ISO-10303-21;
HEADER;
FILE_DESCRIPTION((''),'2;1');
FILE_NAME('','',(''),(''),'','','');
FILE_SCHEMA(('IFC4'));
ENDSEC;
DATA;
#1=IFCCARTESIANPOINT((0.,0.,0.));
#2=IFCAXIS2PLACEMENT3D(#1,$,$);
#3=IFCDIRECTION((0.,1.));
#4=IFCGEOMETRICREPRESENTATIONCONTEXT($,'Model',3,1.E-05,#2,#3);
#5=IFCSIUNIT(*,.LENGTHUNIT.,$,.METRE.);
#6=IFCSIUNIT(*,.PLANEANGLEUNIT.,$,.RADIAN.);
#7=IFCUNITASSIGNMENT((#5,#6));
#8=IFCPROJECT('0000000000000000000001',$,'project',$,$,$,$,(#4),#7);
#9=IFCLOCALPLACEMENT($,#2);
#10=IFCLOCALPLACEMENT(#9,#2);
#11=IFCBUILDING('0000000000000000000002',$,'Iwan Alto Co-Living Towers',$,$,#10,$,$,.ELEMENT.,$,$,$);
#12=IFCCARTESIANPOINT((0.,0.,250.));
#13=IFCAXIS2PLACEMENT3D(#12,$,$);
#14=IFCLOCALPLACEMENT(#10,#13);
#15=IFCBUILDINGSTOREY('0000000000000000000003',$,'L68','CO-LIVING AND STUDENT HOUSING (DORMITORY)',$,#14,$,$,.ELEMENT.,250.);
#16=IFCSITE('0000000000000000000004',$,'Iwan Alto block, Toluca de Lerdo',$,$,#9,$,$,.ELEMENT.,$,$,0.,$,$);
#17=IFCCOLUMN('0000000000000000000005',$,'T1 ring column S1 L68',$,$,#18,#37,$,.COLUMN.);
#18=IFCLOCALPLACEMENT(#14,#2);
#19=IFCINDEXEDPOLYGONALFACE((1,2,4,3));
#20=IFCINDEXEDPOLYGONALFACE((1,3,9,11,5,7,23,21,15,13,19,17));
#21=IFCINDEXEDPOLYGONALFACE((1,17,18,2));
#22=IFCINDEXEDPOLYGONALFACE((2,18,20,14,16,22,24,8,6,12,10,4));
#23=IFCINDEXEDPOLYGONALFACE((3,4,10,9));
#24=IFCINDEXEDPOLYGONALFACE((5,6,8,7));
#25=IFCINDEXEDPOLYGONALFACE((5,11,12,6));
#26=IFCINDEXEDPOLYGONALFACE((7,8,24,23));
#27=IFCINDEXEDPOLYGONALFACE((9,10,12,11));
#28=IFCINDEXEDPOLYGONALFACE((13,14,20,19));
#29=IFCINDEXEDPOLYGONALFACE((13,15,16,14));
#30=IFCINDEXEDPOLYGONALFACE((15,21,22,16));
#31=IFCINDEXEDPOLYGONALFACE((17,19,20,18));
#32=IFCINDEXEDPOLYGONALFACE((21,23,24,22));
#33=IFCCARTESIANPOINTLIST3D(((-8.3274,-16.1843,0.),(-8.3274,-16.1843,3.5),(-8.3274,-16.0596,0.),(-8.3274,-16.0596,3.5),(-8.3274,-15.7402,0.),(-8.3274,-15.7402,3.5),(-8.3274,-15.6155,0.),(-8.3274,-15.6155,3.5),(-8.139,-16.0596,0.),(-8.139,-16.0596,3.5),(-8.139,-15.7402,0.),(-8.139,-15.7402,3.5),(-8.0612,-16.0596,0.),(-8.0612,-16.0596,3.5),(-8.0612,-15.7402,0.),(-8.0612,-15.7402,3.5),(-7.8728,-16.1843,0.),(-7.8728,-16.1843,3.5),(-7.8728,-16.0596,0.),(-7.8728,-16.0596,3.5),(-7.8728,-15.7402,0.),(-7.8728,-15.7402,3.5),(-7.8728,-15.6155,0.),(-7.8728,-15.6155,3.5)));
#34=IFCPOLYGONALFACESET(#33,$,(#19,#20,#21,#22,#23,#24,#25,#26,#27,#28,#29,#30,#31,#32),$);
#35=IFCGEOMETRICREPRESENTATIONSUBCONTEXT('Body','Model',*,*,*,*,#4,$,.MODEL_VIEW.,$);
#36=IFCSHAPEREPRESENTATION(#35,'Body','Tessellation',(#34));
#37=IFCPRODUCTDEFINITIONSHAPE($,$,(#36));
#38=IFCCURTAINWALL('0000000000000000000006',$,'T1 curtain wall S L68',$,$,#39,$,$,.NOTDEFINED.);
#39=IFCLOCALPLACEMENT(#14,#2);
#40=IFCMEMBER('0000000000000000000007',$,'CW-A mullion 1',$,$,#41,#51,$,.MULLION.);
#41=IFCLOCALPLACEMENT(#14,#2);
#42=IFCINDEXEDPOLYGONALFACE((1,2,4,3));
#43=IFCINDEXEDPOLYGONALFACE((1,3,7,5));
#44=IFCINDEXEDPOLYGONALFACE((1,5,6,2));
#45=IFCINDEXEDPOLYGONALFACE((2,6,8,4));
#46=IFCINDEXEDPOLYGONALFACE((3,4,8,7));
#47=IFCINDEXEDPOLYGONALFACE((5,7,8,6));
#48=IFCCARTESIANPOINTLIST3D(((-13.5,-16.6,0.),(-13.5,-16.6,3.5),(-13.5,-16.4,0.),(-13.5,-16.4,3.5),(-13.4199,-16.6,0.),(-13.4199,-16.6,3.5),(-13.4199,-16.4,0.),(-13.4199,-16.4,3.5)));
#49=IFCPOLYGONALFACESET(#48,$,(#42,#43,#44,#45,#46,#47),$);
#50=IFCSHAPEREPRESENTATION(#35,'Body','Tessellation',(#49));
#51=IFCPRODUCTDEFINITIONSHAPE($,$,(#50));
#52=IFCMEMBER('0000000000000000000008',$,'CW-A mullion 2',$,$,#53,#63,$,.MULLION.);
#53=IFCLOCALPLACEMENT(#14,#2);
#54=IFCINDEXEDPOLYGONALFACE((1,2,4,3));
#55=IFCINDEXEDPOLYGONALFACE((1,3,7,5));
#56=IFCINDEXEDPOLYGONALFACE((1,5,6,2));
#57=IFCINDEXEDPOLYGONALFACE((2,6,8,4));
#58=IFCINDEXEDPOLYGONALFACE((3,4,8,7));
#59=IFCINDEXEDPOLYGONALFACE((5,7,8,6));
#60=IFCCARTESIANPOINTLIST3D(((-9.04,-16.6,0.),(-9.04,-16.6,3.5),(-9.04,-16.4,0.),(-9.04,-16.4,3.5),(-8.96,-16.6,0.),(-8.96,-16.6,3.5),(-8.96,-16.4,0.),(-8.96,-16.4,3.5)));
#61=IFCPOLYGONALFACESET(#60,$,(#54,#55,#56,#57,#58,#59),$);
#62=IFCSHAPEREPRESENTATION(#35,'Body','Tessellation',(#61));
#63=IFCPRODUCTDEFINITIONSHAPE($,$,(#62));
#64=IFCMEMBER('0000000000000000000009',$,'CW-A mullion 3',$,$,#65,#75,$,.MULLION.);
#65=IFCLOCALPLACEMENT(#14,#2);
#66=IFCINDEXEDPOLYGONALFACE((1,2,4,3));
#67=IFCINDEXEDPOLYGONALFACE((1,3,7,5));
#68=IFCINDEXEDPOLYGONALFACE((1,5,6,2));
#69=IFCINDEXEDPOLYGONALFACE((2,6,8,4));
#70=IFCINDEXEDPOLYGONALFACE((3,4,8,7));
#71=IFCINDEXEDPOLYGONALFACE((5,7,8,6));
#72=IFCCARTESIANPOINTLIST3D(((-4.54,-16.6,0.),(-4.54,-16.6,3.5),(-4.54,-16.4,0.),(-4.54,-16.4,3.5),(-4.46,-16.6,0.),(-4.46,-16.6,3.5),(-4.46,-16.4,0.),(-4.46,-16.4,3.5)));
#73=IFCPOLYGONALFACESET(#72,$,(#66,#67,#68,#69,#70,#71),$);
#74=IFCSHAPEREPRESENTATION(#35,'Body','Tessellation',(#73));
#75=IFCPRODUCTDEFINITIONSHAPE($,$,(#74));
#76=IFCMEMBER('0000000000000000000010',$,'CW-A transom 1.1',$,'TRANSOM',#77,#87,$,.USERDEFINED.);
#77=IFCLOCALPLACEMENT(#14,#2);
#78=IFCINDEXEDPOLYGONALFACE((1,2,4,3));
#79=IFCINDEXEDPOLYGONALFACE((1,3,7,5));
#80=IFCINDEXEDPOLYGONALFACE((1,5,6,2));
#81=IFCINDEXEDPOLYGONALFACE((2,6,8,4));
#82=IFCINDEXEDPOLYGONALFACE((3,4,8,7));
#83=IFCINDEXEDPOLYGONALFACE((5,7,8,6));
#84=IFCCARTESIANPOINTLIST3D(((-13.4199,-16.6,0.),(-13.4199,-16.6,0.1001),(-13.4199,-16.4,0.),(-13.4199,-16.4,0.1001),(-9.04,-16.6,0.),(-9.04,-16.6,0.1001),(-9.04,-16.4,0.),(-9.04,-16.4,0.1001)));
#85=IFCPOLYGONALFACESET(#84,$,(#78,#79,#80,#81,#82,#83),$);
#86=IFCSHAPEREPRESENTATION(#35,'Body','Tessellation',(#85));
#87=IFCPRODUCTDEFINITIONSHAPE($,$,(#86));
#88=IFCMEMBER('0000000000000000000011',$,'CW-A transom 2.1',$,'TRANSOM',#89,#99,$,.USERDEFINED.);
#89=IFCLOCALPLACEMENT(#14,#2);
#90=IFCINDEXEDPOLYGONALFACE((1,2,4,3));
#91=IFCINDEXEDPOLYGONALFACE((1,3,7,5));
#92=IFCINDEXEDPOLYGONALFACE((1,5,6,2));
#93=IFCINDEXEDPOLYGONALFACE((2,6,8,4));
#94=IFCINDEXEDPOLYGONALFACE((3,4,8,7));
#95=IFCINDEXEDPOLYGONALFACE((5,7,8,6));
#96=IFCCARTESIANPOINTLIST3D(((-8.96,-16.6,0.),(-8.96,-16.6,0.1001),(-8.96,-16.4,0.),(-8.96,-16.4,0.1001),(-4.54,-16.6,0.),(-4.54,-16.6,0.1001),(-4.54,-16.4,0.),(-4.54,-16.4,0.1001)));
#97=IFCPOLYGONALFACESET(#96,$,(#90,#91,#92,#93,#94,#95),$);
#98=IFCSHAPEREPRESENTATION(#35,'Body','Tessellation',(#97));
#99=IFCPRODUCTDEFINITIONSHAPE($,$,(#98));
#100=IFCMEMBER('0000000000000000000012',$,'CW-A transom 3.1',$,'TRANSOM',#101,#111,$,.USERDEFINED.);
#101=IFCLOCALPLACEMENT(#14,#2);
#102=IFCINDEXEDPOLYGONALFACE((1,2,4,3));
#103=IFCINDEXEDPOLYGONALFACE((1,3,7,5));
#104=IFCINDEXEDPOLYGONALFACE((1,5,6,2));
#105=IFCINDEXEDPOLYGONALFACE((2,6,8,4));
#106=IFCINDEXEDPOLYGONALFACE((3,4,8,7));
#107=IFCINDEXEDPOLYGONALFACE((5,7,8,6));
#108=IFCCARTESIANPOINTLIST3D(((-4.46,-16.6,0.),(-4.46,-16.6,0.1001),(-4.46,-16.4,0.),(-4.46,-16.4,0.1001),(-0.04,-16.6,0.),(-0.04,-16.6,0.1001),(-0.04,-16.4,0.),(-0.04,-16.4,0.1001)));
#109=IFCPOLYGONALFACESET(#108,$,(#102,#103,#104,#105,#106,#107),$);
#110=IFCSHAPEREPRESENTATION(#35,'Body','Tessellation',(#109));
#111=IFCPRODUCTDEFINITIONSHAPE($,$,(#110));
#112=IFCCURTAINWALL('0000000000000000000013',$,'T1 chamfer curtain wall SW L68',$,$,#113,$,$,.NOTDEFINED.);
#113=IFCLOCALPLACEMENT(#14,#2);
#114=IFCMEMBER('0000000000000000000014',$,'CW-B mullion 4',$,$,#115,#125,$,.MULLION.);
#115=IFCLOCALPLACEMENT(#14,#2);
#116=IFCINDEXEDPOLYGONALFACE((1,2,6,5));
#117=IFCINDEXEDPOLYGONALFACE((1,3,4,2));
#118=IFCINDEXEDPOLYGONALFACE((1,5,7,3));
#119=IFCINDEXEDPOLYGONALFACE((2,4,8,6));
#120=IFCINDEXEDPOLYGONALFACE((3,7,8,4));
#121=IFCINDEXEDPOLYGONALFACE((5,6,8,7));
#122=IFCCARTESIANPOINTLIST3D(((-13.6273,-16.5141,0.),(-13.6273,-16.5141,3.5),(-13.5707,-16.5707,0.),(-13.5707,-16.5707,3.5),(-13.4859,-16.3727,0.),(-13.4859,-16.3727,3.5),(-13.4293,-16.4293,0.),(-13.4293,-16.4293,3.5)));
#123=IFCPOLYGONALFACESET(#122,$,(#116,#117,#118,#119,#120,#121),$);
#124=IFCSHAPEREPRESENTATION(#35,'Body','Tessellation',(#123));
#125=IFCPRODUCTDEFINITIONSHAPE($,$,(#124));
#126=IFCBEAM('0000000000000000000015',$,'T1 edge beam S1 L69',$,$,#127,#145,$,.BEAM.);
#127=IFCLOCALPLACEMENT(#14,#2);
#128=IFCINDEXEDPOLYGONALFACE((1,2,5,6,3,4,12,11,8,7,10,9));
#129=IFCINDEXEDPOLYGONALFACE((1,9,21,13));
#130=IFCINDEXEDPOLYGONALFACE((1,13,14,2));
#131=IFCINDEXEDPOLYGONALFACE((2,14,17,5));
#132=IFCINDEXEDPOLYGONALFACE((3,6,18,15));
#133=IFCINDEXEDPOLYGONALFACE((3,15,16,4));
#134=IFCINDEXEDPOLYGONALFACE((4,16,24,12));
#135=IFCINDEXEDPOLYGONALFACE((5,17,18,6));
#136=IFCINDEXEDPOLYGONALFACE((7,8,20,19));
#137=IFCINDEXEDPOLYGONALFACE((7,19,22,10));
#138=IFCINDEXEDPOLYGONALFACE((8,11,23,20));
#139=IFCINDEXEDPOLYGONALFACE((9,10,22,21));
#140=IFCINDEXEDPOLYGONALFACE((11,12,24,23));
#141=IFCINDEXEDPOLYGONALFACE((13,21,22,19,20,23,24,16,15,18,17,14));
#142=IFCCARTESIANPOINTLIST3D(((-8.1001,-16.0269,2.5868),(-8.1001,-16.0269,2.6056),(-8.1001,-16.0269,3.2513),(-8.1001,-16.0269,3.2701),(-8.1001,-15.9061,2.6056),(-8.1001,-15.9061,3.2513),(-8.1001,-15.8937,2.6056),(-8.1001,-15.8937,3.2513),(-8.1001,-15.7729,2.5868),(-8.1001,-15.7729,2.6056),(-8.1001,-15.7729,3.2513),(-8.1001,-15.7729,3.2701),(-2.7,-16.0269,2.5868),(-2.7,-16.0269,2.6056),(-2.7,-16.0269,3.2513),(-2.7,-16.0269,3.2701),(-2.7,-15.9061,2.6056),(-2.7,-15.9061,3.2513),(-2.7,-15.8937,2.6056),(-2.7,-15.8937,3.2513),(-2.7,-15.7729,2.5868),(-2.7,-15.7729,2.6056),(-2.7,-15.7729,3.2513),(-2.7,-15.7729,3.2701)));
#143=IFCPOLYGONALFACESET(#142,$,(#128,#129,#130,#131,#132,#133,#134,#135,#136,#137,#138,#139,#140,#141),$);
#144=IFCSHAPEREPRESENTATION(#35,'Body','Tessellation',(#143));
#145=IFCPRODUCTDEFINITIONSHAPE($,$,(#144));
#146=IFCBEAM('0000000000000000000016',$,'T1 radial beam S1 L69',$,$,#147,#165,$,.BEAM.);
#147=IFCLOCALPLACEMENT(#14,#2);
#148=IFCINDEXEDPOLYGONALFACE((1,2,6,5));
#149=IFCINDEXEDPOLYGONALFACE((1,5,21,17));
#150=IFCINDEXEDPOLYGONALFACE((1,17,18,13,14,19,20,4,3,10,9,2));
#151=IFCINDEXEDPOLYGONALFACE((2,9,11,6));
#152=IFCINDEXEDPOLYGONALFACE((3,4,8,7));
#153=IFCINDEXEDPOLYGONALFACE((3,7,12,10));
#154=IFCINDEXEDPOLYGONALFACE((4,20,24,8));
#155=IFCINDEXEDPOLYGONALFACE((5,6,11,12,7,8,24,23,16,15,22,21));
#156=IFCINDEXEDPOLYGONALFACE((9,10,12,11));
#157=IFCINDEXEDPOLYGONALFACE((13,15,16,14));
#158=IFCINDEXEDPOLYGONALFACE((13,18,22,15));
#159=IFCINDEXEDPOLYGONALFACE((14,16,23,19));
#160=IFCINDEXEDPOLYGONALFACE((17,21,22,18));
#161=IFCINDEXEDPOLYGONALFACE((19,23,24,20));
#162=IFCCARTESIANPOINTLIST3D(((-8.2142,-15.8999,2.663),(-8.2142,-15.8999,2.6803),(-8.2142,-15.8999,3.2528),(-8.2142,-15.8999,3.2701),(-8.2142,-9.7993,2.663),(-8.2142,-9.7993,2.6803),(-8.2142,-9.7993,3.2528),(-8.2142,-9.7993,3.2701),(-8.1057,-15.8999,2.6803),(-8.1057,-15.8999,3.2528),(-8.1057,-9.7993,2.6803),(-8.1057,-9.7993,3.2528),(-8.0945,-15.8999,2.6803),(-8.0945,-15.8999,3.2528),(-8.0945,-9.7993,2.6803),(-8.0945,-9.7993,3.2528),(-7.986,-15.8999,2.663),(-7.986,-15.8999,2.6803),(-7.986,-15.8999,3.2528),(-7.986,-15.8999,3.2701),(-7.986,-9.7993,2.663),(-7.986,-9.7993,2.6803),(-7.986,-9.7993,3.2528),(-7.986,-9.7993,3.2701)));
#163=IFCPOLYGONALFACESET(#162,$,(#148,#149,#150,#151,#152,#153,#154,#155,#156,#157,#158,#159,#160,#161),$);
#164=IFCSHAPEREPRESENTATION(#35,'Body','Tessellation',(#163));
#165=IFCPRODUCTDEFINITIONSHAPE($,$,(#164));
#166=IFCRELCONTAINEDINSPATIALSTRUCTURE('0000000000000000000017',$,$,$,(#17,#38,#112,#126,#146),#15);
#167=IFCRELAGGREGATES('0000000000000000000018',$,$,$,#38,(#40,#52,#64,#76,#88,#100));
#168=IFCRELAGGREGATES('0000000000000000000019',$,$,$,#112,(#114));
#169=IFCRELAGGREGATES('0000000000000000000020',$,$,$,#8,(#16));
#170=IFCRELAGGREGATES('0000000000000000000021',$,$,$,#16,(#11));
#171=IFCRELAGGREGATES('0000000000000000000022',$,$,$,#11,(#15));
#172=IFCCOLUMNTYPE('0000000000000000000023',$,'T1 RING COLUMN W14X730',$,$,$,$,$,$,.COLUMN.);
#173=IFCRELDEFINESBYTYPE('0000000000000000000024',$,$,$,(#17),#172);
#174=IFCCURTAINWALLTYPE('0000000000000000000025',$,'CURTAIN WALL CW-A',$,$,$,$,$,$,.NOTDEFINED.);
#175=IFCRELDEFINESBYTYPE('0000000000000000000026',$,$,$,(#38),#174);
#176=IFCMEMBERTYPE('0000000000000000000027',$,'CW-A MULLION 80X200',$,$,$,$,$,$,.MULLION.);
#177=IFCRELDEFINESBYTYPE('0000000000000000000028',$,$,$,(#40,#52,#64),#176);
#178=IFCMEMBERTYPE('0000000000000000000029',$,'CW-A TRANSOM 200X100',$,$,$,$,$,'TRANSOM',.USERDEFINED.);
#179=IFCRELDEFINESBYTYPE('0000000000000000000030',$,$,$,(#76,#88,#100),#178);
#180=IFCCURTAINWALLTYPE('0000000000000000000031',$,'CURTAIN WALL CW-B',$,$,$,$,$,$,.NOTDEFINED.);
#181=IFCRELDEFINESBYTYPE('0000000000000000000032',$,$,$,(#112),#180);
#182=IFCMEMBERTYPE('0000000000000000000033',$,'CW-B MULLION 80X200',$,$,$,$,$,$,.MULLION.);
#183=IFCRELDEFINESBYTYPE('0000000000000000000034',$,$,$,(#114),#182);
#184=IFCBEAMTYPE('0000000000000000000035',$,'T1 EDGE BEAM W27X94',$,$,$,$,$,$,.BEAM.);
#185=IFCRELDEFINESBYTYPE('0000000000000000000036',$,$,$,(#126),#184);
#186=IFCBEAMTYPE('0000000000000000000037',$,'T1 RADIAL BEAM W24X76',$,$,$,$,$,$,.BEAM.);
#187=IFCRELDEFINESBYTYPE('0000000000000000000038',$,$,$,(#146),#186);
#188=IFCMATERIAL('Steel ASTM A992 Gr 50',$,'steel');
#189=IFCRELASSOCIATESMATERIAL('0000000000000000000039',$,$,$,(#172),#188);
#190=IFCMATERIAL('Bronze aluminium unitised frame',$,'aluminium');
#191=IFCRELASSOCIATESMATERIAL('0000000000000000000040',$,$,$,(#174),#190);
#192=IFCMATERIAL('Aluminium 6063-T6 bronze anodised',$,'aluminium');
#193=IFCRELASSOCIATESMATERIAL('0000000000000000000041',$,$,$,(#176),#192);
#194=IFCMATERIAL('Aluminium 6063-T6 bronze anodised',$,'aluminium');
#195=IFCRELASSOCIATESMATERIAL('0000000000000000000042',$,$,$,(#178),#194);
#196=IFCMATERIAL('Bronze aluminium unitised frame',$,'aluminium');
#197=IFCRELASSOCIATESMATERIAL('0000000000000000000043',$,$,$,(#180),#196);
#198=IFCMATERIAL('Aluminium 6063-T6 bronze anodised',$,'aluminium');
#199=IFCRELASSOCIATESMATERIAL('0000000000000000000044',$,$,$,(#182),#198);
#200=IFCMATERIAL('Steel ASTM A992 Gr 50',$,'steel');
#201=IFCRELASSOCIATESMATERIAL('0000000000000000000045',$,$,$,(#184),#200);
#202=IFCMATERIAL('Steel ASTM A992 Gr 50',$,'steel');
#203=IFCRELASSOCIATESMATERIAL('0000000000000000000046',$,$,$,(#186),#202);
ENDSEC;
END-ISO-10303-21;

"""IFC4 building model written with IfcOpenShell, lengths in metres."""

from ifc_helpers import new_model, si_unit, direction, frame, origin, origin_2d, place, context, subcontext, project, spatial, rectangle, i_section, extrude, material, material_profile, profile_set, type_object, element, aggregate, save


model = new_model("IFC4")

# Units and contexts
model_context = context("Model", 3, precision=1e-05, world=origin(), true_north=direction((0.0, 1.0)))
body_context = subcontext(model_context, "Body", "Model", "MODEL_VIEW")
ifc_project = project(units=[si_unit("LENGTHUNIT", "METRE"), si_unit("PLANEANGLEUNIT", "RADIAN")], contexts=[model_context])

# Site, building, storey
site_placement = place(None, origin())
site = spatial("IfcSite", under=ifc_project, at=site_placement, Name="Iwan Alto block, Toluca de Lerdo", CompositionType="ELEMENT", RefElevation=0.0)
building_placement = place(site_placement, origin())
building = spatial("IfcBuilding", under=site, at=building_placement, Name="Iwan Alto Co-Living Towers", CompositionType="ELEMENT")
storey_placement = place(building_placement, frame((0.0, 0.0, 250.0)))
storey = spatial("IfcBuildingStorey", under=building, at=storey_placement, Name="L68", Description="CO-LIVING AND STUDENT HOUSING (DORMITORY)", CompositionType="ELEMENT", Elevation=250.0)

# Column
ifc_material_1 = material(Name="Steel ASTM A992 Gr 50", Category="steel")
ifc_material_profile_1 = material_profile(ifc_material_1, i_section(OverallWidth=0.4546, OverallDepth=0.5688, WebThickness=0.0779, FlangeThickness=0.1248, at=origin_2d()), Name="W14X730")
ifc_profile_set_1 = profile_set([ifc_material_profile_1], Name="Steel ASTM A992 Gr 50")
column_type = type_object("IfcColumnType", Name="T1 RING COLUMN W14X730", PredefinedType="COLUMN", material=ifc_profile_set_1)
column_placement = place(storey_placement, frame((-8.1001, -15.8999, 0.0), z_axis=(0.0, 0.0, 1.0), x_axis=(1.0, 0.0, 0.0)))
element("IfcColumn", 1, at=column_placement, inside=storey, type_object=column_type, Name="T1 ring column S1 L68", PredefinedType="COLUMN", context=body_context, shape_type="SweptSolid", body=[
    extrude(i_section(OverallWidth=0.4546, OverallDepth=0.5688, WebThickness=0.0779, FlangeThickness=0.1248, at=origin_2d()), origin(), (0.0, 0.0, 1.0), 3.5),
])

# Curtain wall, members
ifc_material_2 = material(Name="Bronze aluminium unitised frame", Category="aluminium")
curtain_wall_type_1 = type_object("IfcCurtainWallType", Name="CURTAIN WALL CW-A", PredefinedType="NOTDEFINED", material=ifc_material_2)
curtain_wall_1_placement = place(storey_placement, origin())
curtain_wall_1 = element("IfcCurtainWall", 2, at=curtain_wall_1_placement, inside=storey, type_object=curtain_wall_type_1, Name="T1 curtain wall S L68", PredefinedType="NOTDEFINED")
ifc_material_3 = material(Name="Aluminium 6063-T6 bronze anodised", Category="aluminium")
ifc_material_profile_2 = material_profile(ifc_material_3, rectangle(XDim=0.2, YDim=0.0801, at=origin_2d()), Name="AL 80X200")
ifc_profile_set_2 = profile_set([ifc_material_profile_2], Name="Aluminium 6063-T6 bronze anodised")
member_type_1 = type_object("IfcMemberType", Name="CW-A MULLION 80X200", PredefinedType="MULLION", material=ifc_profile_set_2)
member_1_placement = place(storey_placement, frame((-13.46, -16.5, 0.0), z_axis=(0.0, 0.0, 1.0), x_axis=(0.0, 1.0, 0.0)))
member_1 = element("IfcMember", 3, at=member_1_placement, type_object=member_type_1, Name="CW-A mullion 1", PredefinedType="MULLION", context=body_context, shape_type="SweptSolid", body=[
    extrude(rectangle(XDim=0.2, YDim=0.0801, at=origin_2d()), origin(), (0.0, 0.0, 1.0), 3.5),
])
member_2_placement = place(storey_placement, frame((-9.0, -16.5, 0.0), z_axis=(0.0, 0.0, 1.0), x_axis=(0.0, 1.0, 0.0)))
member_2 = element("IfcMember", 4, at=member_2_placement, type_object=member_type_1, Name="CW-A mullion 2", PredefinedType="MULLION", context=body_context, shape_type="SweptSolid", body=[
    extrude(rectangle(XDim=0.2, YDim=0.0801, at=origin_2d()), origin(), (0.0, 0.0, 1.0), 3.5),
])
member_3_placement = place(storey_placement, frame((-4.5, -16.5, 0.0), z_axis=(0.0, 0.0, 1.0), x_axis=(0.0, 1.0, 0.0)))
member_3 = element("IfcMember", 5, at=member_3_placement, type_object=member_type_1, Name="CW-A mullion 3", PredefinedType="MULLION", context=body_context, shape_type="SweptSolid", body=[
    extrude(rectangle(XDim=0.2, YDim=0.0801, at=origin_2d()), origin(), (0.0, 0.0, 1.0), 3.5),
])
ifc_material_4 = material(Name="Aluminium 6063-T6 bronze anodised", Category="aluminium")
ifc_material_profile_3 = material_profile(ifc_material_4, rectangle(XDim=0.2, YDim=0.1001, at=origin_2d()), Name="AL 200X100")
ifc_profile_set_3 = profile_set([ifc_material_profile_3], Name="Aluminium 6063-T6 bronze anodised")
member_type_2 = type_object("IfcMemberType", Name="CW-A TRANSOM 200X100", ElementType="TRANSOM", PredefinedType="USERDEFINED", material=ifc_profile_set_3)
member_4_placement = place(storey_placement, frame((-13.4199, -16.5, 0.05), z_axis=(1.0, 0.0, 0.0), x_axis=(0.0, 1.0, 0.0)))
member_4 = element("IfcMember", 6, at=member_4_placement, type_object=member_type_2, Name="CW-A transom 1.1", ObjectType="TRANSOM", PredefinedType="USERDEFINED", context=body_context, shape_type="SweptSolid", body=[
    extrude(rectangle(XDim=0.2, YDim=0.1001, at=origin_2d()), origin(), (0.0, 0.0, 1.0), 4.3799),
])
member_5_placement = place(storey_placement, frame((-8.96, -16.5, 0.05), z_axis=(1.0, 0.0, 0.0), x_axis=(0.0, 1.0, 0.0)))
member_5 = element("IfcMember", 7, at=member_5_placement, type_object=member_type_2, Name="CW-A transom 2.1", ObjectType="TRANSOM", PredefinedType="USERDEFINED", context=body_context, shape_type="SweptSolid", body=[
    extrude(rectangle(XDim=0.2, YDim=0.1001, at=origin_2d()), origin(), (0.0, 0.0, 1.0), 4.4199),
])
member_6_placement = place(storey_placement, frame((-4.46, -16.5, 0.05), z_axis=(1.0, 0.0, 0.0), x_axis=(0.0, 1.0, 0.0)))
member_6 = element("IfcMember", 8, at=member_6_placement, type_object=member_type_2, Name="CW-A transom 3.1", ObjectType="TRANSOM", PredefinedType="USERDEFINED", context=body_context, shape_type="SweptSolid", body=[
    extrude(rectangle(XDim=0.2, YDim=0.1001, at=origin_2d()), origin(), (0.0, 0.0, 1.0), 4.4199),
])

# Curtain wall, member
ifc_material_5 = material(Name="Bronze aluminium unitised frame", Category="aluminium")
curtain_wall_type_2 = type_object("IfcCurtainWallType", Name="CURTAIN WALL CW-B", PredefinedType="NOTDEFINED", material=ifc_material_5)
curtain_wall_2_placement = place(storey_placement, origin())
curtain_wall_2 = element("IfcCurtainWall", 9, at=curtain_wall_2_placement, inside=storey, type_object=curtain_wall_type_2, Name="T1 chamfer curtain wall SW L68", PredefinedType="NOTDEFINED")
ifc_material_6 = material(Name="Aluminium 6063-T6 bronze anodised", Category="aluminium")
ifc_material_profile_4 = material_profile(ifc_material_6, rectangle(XDim=0.2, YDim=0.0801, at=origin_2d()), Name="AL 80X200")
ifc_profile_set_4 = profile_set([ifc_material_profile_4], Name="Aluminium 6063-T6 bronze anodised")
member_type_3 = type_object("IfcMemberType", Name="CW-B MULLION 80X200", PredefinedType="MULLION", material=ifc_profile_set_4)
member_7_placement = place(storey_placement, frame((-13.5283, -16.4717, 0.0), z_axis=(0.0, 0.0, 1.0), x_axis=(0.707107, 0.707107, 0.0)))
member_7 = element("IfcMember", 10, at=member_7_placement, type_object=member_type_3, Name="CW-B mullion 4", PredefinedType="MULLION", context=body_context, shape_type="SweptSolid", body=[
    extrude(rectangle(XDim=0.2, YDim=0.0801, at=origin_2d()), origin(), (0.0, 0.0, 1.0), 3.5),
])

# Beams
ifc_material_7 = material(Name="Steel ASTM A992 Gr 50", Category="steel")
ifc_material_profile_5 = material_profile(ifc_material_7, i_section(OverallWidth=0.2539, OverallDepth=0.6833, WebThickness=0.0125, FlangeThickness=0.0188, at=origin_2d()), Name="W27X94")
ifc_profile_set_5 = profile_set([ifc_material_profile_5], Name="Steel ASTM A992 Gr 50")
beam_type_1 = type_object("IfcBeamType", Name="T1 EDGE BEAM W27X94", PredefinedType="BEAM", material=ifc_profile_set_5)
beam_1_placement = place(storey_placement, frame((-8.1001, -15.8999, 2.9285), z_axis=(1.0, 0.0, 0.0), x_axis=(0.0, 1.0, 0.0)))
element("IfcBeam", 11, at=beam_1_placement, inside=storey, type_object=beam_type_1, Name="T1 edge beam S1 L69", PredefinedType="BEAM", context=body_context, shape_type="SweptSolid", body=[
    extrude(i_section(OverallWidth=0.2539, OverallDepth=0.6833, WebThickness=0.0125, FlangeThickness=0.0188, at=origin_2d()), origin(), (0.0, 0.0, 1.0), 5.4001),
])
ifc_material_8 = material(Name="Steel ASTM A992 Gr 50", Category="steel")
ifc_material_profile_6 = material_profile(ifc_material_8, i_section(OverallWidth=0.2283, OverallDepth=0.6072, WebThickness=0.0112, FlangeThickness=0.0173, at=origin_2d()), Name="W24X76")
ifc_profile_set_6 = profile_set([ifc_material_profile_6], Name="Steel ASTM A992 Gr 50")
beam_type_2 = type_object("IfcBeamType", Name="T1 RADIAL BEAM W24X76", PredefinedType="BEAM", material=ifc_profile_set_6)
beam_2_placement = place(storey_placement, frame((-8.1001, -15.8999, 2.9666), z_axis=(0.0, 1.0, 0.0), x_axis=(-1.0, 0.0, 0.0)))
element("IfcBeam", 12, at=beam_2_placement, inside=storey, type_object=beam_type_2, Name="T1 radial beam S1 L69", PredefinedType="BEAM", context=body_context, shape_type="SweptSolid", body=[
    extrude(i_section(OverallWidth=0.2283, OverallDepth=0.6072, WebThickness=0.0112, FlangeThickness=0.0173, at=origin_2d()), origin(), (0.0, 0.0, 1.0), 6.1006),
])

aggregate(curtain_wall_1, [member_1, member_2, member_3, member_4, member_5, member_6])
aggregate(curtain_wall_2, [member_7])

save(model, "model.ifc")
